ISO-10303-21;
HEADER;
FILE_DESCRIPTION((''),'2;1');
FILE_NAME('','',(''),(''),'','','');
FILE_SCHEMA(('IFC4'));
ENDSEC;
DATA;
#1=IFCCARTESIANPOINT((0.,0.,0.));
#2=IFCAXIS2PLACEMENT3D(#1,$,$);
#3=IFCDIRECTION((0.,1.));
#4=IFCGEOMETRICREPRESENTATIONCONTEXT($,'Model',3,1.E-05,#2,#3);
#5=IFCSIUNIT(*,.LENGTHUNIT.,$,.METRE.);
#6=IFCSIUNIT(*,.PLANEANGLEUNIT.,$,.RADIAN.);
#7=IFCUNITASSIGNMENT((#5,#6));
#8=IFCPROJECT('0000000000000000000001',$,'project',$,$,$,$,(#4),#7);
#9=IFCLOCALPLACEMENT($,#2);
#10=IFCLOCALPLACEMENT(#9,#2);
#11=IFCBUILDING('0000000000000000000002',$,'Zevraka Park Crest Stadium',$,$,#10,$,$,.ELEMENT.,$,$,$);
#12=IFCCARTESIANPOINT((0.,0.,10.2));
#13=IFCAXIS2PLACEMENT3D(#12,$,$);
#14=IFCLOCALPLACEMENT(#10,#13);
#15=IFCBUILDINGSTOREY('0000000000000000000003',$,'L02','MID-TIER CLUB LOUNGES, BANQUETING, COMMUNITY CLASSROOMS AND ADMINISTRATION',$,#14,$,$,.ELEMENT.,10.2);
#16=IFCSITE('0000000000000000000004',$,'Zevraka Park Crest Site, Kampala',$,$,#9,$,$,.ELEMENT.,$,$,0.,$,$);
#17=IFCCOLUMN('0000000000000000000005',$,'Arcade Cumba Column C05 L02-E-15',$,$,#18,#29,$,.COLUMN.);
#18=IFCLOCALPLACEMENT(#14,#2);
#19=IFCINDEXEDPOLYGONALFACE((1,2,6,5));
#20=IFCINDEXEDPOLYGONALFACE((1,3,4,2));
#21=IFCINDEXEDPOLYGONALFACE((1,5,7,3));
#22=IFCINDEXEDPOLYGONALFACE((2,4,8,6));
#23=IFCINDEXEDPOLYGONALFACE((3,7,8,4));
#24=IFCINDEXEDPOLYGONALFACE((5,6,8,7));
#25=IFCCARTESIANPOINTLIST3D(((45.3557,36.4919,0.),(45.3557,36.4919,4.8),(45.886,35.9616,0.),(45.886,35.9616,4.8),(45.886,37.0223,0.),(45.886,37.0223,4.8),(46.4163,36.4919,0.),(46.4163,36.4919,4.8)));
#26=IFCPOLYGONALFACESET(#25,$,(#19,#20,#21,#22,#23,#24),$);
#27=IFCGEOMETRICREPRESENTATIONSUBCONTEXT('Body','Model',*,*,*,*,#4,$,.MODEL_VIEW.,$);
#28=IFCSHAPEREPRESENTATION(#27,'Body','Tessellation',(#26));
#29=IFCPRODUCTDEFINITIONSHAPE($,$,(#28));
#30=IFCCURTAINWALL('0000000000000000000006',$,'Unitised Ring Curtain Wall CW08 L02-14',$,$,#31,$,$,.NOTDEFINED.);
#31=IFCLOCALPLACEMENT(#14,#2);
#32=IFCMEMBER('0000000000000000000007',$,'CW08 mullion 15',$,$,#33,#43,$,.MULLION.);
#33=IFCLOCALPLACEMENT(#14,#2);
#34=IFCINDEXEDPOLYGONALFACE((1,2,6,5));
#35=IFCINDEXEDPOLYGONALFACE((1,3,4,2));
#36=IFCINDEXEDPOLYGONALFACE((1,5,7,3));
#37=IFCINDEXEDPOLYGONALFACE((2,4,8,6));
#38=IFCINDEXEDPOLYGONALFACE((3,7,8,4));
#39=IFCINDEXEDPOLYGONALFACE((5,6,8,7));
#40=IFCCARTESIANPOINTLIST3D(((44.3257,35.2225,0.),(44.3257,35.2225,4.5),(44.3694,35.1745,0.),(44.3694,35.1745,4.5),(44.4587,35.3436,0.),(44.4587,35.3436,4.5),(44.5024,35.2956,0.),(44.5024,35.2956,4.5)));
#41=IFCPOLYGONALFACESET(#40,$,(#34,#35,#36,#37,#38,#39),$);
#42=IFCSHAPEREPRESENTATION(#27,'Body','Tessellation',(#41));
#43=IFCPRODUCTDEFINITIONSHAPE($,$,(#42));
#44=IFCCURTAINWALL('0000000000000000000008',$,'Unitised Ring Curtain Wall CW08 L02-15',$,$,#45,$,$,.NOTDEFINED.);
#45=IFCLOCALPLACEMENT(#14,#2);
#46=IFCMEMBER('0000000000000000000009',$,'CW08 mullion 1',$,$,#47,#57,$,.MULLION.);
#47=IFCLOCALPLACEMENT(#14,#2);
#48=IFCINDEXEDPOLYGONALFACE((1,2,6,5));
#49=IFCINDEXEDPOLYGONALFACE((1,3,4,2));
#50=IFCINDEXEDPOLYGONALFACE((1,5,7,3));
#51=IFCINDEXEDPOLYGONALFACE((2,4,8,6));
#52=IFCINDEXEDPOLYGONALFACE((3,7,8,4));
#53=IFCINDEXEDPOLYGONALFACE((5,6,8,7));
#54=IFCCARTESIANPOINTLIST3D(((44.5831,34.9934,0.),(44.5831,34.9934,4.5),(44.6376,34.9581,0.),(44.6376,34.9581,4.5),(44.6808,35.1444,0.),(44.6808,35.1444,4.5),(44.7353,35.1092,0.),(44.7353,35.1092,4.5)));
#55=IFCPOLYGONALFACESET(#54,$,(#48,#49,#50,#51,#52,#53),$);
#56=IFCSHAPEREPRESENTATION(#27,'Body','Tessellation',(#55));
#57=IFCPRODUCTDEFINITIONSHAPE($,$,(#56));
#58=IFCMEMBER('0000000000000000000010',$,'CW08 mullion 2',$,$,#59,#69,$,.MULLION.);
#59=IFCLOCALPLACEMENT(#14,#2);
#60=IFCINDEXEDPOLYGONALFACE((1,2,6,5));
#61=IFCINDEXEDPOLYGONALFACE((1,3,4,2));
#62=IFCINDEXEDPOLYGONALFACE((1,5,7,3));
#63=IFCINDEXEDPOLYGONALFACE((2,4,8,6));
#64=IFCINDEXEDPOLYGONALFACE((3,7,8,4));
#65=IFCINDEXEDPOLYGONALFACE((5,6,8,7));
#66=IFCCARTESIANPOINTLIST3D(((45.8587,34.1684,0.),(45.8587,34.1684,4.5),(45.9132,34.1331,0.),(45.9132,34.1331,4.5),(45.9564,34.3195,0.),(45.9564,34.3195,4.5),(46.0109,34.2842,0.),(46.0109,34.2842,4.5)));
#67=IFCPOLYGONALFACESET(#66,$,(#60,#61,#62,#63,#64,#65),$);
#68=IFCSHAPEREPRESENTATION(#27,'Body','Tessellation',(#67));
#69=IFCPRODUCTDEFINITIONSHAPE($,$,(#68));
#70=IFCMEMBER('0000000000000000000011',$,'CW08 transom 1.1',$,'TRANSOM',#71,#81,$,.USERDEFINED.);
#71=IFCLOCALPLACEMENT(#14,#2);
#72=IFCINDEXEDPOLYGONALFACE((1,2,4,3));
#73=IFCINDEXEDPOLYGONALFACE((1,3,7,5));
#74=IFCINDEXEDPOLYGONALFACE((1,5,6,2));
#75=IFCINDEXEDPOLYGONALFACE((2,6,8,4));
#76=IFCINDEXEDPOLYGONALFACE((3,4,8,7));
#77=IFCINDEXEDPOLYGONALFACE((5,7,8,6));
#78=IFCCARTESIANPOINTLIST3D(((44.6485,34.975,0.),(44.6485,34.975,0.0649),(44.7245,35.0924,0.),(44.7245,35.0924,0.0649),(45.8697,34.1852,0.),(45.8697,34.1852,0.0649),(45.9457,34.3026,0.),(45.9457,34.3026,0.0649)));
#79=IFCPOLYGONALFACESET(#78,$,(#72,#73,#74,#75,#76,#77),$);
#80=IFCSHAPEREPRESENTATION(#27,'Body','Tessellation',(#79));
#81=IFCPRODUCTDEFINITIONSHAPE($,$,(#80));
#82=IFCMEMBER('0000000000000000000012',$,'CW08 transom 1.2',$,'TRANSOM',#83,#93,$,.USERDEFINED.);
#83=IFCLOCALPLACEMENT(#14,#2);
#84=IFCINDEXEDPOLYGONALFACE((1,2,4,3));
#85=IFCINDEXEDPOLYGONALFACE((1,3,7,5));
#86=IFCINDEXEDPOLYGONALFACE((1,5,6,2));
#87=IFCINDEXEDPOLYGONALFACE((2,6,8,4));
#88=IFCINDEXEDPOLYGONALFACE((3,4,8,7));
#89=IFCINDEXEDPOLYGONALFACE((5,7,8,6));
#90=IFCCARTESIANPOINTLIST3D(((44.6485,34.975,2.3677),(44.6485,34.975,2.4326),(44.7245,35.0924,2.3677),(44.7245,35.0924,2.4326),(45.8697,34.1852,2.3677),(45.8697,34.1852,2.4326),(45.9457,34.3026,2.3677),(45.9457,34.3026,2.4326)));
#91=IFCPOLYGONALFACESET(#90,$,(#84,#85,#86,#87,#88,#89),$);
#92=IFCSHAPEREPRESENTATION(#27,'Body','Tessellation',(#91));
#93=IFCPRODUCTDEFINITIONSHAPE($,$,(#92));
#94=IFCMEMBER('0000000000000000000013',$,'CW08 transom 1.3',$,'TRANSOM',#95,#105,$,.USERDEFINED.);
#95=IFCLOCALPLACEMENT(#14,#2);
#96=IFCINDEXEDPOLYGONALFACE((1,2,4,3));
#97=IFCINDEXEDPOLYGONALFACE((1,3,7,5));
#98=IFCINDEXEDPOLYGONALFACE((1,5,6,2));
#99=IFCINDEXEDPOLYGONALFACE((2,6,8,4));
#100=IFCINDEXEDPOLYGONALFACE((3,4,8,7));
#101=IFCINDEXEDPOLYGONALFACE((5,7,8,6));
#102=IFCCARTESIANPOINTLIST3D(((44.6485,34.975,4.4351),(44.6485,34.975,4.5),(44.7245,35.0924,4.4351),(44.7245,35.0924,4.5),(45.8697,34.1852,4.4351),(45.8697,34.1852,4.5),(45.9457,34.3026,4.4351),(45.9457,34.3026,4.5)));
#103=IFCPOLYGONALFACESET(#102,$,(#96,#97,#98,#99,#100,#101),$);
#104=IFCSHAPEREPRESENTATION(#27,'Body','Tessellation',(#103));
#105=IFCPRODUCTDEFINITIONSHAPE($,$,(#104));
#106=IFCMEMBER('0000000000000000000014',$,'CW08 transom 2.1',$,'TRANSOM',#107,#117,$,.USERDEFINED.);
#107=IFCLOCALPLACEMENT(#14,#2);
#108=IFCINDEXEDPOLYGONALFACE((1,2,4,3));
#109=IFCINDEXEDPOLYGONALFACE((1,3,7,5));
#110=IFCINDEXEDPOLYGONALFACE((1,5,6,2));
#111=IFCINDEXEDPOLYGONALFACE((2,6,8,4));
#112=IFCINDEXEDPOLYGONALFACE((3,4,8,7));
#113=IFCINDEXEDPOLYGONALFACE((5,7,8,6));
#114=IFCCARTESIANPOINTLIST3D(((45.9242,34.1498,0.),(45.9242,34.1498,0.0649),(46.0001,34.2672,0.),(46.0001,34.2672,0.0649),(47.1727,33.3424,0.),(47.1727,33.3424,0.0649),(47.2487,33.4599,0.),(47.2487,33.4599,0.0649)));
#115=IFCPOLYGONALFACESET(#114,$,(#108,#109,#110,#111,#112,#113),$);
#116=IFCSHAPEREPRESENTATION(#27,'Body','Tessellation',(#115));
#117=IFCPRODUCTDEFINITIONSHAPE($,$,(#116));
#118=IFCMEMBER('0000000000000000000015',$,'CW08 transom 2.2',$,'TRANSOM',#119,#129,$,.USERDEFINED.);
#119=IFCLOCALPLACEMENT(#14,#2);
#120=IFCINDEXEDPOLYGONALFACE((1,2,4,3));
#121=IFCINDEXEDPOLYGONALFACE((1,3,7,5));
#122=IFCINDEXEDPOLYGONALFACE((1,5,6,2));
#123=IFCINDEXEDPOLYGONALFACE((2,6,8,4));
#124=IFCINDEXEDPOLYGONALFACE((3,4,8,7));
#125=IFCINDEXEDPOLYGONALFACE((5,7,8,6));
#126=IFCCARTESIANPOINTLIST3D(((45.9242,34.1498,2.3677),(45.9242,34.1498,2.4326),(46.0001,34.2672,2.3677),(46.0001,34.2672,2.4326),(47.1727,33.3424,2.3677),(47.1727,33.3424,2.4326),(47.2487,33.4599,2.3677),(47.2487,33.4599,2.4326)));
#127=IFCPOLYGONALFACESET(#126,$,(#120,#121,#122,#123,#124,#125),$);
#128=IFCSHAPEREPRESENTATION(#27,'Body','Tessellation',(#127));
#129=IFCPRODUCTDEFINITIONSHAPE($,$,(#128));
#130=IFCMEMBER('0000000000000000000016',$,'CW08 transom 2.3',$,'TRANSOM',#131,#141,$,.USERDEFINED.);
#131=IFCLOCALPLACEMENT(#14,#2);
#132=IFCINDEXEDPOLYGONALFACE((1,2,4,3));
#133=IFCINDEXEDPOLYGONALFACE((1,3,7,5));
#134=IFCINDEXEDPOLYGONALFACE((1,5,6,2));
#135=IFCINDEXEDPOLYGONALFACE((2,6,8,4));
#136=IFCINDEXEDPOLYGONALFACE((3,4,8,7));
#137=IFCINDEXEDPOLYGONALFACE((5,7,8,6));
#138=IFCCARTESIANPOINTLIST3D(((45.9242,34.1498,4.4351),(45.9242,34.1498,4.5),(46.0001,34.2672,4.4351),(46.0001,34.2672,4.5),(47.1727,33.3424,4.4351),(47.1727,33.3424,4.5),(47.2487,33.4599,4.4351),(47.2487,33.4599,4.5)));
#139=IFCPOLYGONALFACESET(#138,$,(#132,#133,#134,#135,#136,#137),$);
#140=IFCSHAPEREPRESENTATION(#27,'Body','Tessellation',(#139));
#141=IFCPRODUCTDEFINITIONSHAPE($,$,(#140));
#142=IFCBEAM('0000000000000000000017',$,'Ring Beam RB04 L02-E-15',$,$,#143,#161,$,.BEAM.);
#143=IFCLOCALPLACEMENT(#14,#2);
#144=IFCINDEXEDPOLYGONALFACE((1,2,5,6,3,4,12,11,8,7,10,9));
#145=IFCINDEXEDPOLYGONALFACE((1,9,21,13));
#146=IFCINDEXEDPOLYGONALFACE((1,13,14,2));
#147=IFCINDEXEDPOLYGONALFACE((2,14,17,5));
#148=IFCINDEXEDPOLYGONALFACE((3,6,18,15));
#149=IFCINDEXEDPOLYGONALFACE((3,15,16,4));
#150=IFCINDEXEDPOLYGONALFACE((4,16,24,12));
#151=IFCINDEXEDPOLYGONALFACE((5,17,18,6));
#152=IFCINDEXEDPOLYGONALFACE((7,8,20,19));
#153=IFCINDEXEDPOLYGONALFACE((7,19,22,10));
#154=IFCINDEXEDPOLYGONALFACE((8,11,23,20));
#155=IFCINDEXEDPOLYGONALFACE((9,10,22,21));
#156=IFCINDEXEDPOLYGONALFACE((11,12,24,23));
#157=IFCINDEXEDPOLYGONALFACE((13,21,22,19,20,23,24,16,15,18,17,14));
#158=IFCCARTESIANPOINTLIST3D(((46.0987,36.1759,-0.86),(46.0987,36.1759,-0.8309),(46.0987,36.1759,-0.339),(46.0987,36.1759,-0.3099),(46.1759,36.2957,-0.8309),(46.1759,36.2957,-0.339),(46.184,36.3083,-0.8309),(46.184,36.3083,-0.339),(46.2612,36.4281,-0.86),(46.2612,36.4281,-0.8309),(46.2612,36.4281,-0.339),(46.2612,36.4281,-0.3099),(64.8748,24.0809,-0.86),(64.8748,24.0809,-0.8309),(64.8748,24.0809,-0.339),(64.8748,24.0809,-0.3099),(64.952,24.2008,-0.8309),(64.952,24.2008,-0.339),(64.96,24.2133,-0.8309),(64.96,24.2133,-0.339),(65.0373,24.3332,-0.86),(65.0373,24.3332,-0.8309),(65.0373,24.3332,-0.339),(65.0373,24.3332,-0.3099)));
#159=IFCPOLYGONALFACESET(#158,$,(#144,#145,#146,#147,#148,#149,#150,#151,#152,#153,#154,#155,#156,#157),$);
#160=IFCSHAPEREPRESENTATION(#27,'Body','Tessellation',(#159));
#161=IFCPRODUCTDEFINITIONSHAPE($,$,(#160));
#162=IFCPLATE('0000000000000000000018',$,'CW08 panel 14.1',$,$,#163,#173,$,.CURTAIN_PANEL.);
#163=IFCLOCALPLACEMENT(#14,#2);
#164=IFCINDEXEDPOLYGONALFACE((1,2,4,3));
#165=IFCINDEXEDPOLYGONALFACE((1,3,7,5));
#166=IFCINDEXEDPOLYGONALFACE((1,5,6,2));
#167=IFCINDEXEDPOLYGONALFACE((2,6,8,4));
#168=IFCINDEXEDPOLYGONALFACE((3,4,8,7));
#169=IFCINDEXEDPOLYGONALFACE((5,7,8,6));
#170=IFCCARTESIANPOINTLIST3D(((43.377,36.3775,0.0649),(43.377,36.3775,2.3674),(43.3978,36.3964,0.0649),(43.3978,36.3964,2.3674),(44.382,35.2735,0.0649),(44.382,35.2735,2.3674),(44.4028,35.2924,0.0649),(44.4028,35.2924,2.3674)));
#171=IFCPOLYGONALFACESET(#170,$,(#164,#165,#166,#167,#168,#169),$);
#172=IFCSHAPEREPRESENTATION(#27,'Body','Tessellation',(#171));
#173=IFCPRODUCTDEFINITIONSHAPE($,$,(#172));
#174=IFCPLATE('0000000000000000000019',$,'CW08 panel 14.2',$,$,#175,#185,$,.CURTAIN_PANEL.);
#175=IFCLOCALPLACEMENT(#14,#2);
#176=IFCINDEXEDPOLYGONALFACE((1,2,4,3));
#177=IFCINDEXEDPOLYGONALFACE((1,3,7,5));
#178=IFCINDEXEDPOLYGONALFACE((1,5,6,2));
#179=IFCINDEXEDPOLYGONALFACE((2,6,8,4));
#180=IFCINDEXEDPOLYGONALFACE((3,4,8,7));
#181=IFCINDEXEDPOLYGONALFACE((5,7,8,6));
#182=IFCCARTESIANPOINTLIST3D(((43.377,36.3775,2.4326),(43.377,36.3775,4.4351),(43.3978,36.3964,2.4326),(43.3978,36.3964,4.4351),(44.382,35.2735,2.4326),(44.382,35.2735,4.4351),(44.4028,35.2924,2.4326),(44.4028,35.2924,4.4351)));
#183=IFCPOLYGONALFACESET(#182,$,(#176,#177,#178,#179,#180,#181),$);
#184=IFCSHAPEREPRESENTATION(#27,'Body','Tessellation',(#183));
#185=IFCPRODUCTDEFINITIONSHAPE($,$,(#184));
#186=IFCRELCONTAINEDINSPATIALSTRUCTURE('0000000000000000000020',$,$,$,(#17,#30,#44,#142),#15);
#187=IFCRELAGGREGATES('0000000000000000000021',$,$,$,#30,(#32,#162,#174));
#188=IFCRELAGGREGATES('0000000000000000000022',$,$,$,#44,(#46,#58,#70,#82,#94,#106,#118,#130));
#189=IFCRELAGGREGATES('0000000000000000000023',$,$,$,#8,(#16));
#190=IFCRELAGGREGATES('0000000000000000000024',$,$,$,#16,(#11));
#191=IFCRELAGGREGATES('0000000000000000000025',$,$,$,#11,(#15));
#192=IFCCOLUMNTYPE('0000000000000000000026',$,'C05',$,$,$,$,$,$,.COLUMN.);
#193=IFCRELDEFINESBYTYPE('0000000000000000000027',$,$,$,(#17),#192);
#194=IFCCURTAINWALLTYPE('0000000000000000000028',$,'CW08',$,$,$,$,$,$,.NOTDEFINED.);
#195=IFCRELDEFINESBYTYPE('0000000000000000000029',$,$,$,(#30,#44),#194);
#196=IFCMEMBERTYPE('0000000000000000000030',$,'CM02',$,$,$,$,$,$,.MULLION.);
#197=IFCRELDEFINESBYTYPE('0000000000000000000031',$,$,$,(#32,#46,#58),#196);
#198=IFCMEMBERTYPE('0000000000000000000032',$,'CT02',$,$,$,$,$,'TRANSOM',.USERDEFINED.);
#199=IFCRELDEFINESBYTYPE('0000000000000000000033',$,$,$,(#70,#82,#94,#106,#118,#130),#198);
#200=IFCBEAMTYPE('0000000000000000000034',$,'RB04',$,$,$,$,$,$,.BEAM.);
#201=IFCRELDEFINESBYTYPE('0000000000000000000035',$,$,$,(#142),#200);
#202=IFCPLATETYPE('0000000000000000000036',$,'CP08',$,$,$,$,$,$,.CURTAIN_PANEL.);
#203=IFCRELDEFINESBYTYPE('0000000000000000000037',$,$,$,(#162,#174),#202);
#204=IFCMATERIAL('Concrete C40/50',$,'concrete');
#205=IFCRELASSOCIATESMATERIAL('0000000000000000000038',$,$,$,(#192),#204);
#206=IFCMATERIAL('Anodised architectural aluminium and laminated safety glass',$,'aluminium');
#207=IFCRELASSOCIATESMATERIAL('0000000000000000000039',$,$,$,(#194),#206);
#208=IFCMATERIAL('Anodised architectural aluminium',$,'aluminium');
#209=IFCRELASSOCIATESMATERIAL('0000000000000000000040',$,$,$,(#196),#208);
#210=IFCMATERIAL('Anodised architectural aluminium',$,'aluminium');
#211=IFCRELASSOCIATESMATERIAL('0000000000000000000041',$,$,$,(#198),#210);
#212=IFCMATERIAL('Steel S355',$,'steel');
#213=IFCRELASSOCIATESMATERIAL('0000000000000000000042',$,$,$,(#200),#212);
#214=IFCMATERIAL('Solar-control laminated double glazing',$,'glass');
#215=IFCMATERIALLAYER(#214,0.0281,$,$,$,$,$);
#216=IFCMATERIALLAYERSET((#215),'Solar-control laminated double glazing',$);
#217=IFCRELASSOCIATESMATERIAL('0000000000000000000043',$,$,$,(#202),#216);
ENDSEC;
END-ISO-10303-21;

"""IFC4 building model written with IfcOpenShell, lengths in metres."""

from ifc_helpers import new_model, si_unit, direction, frame, origin, origin_2d, place, context, subcontext, project, spatial, rectangle, i_section, extrude, material, layer, layer_set, material_profile, profile_set, type_object, element, aggregate, save


model = new_model("IFC4")

# Units and contexts
model_context = context("Model", 3, precision=1e-05, world=origin(), true_north=direction((0.0, 1.0)))
body_context = subcontext(model_context, "Body", "Model", "MODEL_VIEW")
ifc_project = project(units=[si_unit("LENGTHUNIT", "METRE"), si_unit("PLANEANGLEUNIT", "RADIAN")], contexts=[model_context])

# Site, building, storey
site_placement = place(None, origin())
site = spatial("IfcSite", under=ifc_project, at=site_placement, Name="Zevraka Park Crest Site, Kampala", CompositionType="ELEMENT", RefElevation=0.0)
building_placement = place(site_placement, origin())
building = spatial("IfcBuilding", under=site, at=building_placement, Name="Zevraka Park Crest Stadium", CompositionType="ELEMENT")
storey_placement = place(building_placement, frame((0.0, 0.0, 10.2)))
storey = spatial("IfcBuildingStorey", under=building, at=storey_placement, Name="L02", Description="MID-TIER CLUB LOUNGES, BANQUETING, COMMUNITY CLASSROOMS AND ADMINISTRATION", CompositionType="ELEMENT", Elevation=10.2)

# Column
ifc_material_1 = material(Name="Concrete C40/50", Category="concrete")
ifc_material_profile_1 = material_profile(ifc_material_1, rectangle(XDim=0.75, YDim=0.75, at=origin_2d()), Name="RC 750x750")
ifc_profile_set_1 = profile_set([ifc_material_profile_1], Name="Concrete C40/50")
column_type = type_object("IfcColumnType", Name="C05", PredefinedType="COLUMN", material=ifc_profile_set_1)
column_placement = place(storey_placement, frame((45.886, 36.4919, 0.0), z_axis=(0.0, 0.0, 1.0), x_axis=(0.707107, 0.707107, 0.0)))
element("IfcColumn", 1, at=column_placement, inside=storey, type_object=column_type, Name="Arcade Cumba Column C05 L02-E-15", PredefinedType="COLUMN", context=body_context, shape_type="SweptSolid", body=[
    extrude(rectangle(XDim=0.75, YDim=0.75, at=origin_2d()), origin(), (0.0, 0.0, 1.0), 4.8),
])

# Curtain wall, member
ifc_material_2 = material(Name="Anodised architectural aluminium and laminated safety glass", Category="aluminium")
curtain_wall_type = type_object("IfcCurtainWallType", Name="CW08", PredefinedType="NOTDEFINED", material=ifc_material_2)
curtain_wall_1_placement = place(storey_placement, origin())
curtain_wall_1 = element("IfcCurtainWall", 2, at=curtain_wall_1_placement, inside=storey, type_object=curtain_wall_type, Name="Unitised Ring Curtain Wall CW08 L02-14", PredefinedType="NOTDEFINED")
ifc_material_3 = material(Name="Anodised architectural aluminium", Category="aluminium")
ifc_material_profile_2 = material_profile(ifc_material_3, rectangle(XDim=0.1799, YDim=0.0649, at=origin_2d()), Name="ALU MULLION 180x65")
ifc_profile_set_2 = profile_set([ifc_material_profile_2], Name="Anodised architectural aluminium")
member_type_1 = type_object("IfcMemberType", Name="CM02", PredefinedType="MULLION", material=ifc_profile_set_2)
member_1_placement = place(storey_placement, frame((44.4141, 35.259, 0.0), z_axis=(0.0, 0.0, 1.0), x_axis=(0.739497, 0.67316, 0.0)))
member_1 = element("IfcMember", 3, at=member_1_placement, type_object=member_type_1, Name="CW08 mullion 15", PredefinedType="MULLION", context=body_context, shape_type="SweptSolid", body=[
    extrude(rectangle(XDim=0.1799, YDim=0.0649, at=origin_2d()), origin(), (0.0, 0.0, 1.0), 4.5),
])

# Curtain wall, members
curtain_wall_2_placement = place(storey_placement, origin())
curtain_wall_2 = element("IfcCurtainWall", 4, at=curtain_wall_2_placement, inside=storey, type_object=curtain_wall_type, Name="Unitised Ring Curtain Wall CW08 L02-15", PredefinedType="NOTDEFINED")
member_2_placement = place(storey_placement, frame((44.6592, 35.0513, 0.0), z_axis=(0.0, 0.0, 1.0), x_axis=(0.543096, 0.83967, 0.0)))
member_2 = element("IfcMember", 5, at=member_2_placement, type_object=member_type_1, Name="CW08 mullion 1", PredefinedType="MULLION", context=body_context, shape_type="SweptSolid", body=[
    extrude(rectangle(XDim=0.1799, YDim=0.0649, at=origin_2d()), origin(), (0.0, 0.0, 1.0), 4.5),
])
member_3_placement = place(storey_placement, frame((45.9348, 34.2263, 0.0), z_axis=(0.0, 0.0, 1.0), x_axis=(0.543096, 0.83967, 0.0)))
member_3 = element("IfcMember", 6, at=member_3_placement, type_object=member_type_1, Name="CW08 mullion 2", PredefinedType="MULLION", context=body_context, shape_type="SweptSolid", body=[
    extrude(rectangle(XDim=0.1799, YDim=0.0649, at=origin_2d()), origin(), (0.0, 0.0, 1.0), 4.5),
])
ifc_material_4 = material(Name="Anodised architectural aluminium", Category="aluminium")
ifc_material_profile_3 = material_profile(ifc_material_4, rectangle(XDim=0.1399, YDim=0.0649, at=origin_2d()), Name="ALU TRANSOM 140x65")
ifc_profile_set_3 = profile_set([ifc_material_profile_3], Name="Anodised architectural aluminium")
member_type_2 = type_object("IfcMemberType", Name="CT02", ElementType="TRANSOM", PredefinedType="USERDEFINED", material=ifc_profile_set_3)
member_4_placement = place(storey_placement, frame((44.6865, 35.0337, 0.0325), z_axis=(0.839692, -0.543063, 0.0), x_axis=(0.543063, 0.839692, 0.0)))
member_4 = element("IfcMember", 7, at=member_4_placement, type_object=member_type_2, Name="CW08 transom 1.1", ObjectType="TRANSOM", PredefinedType="USERDEFINED", context=body_context, shape_type="SweptSolid", body=[
    extrude(rectangle(XDim=0.1399, YDim=0.0649, at=origin_2d()), origin(), (0.0, 0.0, 1.0), 1.4543),
])
member_5_placement = place(storey_placement, frame((44.6865, 35.0337, 2.4001), z_axis=(0.839692, -0.543063, 0.0), x_axis=(0.543063, 0.839692, 0.0)))
member_5 = element("IfcMember", 8, at=member_5_placement, type_object=member_type_2, Name="CW08 transom 1.2", ObjectType="TRANSOM", PredefinedType="USERDEFINED", context=body_context, shape_type="SweptSolid", body=[
    extrude(rectangle(XDim=0.1399, YDim=0.0649, at=origin_2d()), origin(), (0.0, 0.0, 1.0), 1.4543),
])
member_6_placement = place(storey_placement, frame((44.6865, 35.0337, 4.4675), z_axis=(0.839692, -0.543063, 0.0), x_axis=(0.543063, 0.839692, 0.0)))
member_6 = element("IfcMember", 9, at=member_6_placement, type_object=member_type_2, Name="CW08 transom 1.3", ObjectType="TRANSOM", PredefinedType="USERDEFINED", context=body_context, shape_type="SweptSolid", body=[
    extrude(rectangle(XDim=0.1399, YDim=0.0649, at=origin_2d()), origin(), (0.0, 0.0, 1.0), 1.4543),
])
member_7_placement = place(storey_placement, frame((45.9622, 34.2085, 0.0325), z_axis=(0.839724, -0.543013, 0.0), x_axis=(0.543013, 0.839724, 0.0)))
member_7 = element("IfcMember", 10, at=member_7_placement, type_object=member_type_2, Name="CW08 transom 2.1", ObjectType="TRANSOM", PredefinedType="USERDEFINED", context=body_context, shape_type="SweptSolid", body=[
    extrude(rectangle(XDim=0.1399, YDim=0.0649, at=origin_2d()), origin(), (0.0, 0.0, 1.0), 1.4868),
])
member_8_placement = place(storey_placement, frame((45.9622, 34.2085, 2.4001), z_axis=(0.839724, -0.543013, 0.0), x_axis=(0.543013, 0.839724, 0.0)))
member_8 = element("IfcMember", 11, at=member_8_placement, type_object=member_type_2, Name="CW08 transom 2.2", ObjectType="TRANSOM", PredefinedType="USERDEFINED", context=body_context, shape_type="SweptSolid", body=[
    extrude(rectangle(XDim=0.1399, YDim=0.0649, at=origin_2d()), origin(), (0.0, 0.0, 1.0), 1.4868),
])
member_9_placement = place(storey_placement, frame((45.9622, 34.2085, 4.4675), z_axis=(0.839724, -0.543013, 0.0), x_axis=(0.543013, 0.839724, 0.0)))
member_9 = element("IfcMember", 12, at=member_9_placement, type_object=member_type_2, Name="CW08 transom 2.3", ObjectType="TRANSOM", PredefinedType="USERDEFINED", context=body_context, shape_type="SweptSolid", body=[
    extrude(rectangle(XDim=0.1399, YDim=0.0649, at=origin_2d()), origin(), (0.0, 0.0, 1.0), 1.4868),
])

# Beam
ifc_material_5 = material(Name="Steel S355", Category="steel")
ifc_material_profile_4 = material_profile(ifc_material_5, i_section(OverallWidth=0.3, OverallDepth=0.55, WebThickness=0.0149, FlangeThickness=0.0291, at=origin_2d()), Name="HEB 550")
ifc_profile_set_4 = profile_set([ifc_material_profile_4], Name="Steel S355")
beam_type = type_object("IfcBeamType", Name="RB04", PredefinedType="BEAM", material=ifc_profile_set_4)
beam_placement = place(storey_placement, frame((46.1799, 36.302, -0.585), z_axis=(0.840677, -0.541537, 0.0), x_axis=(0.541537, 0.840677, 0.0)))
element("IfcBeam", 13, at=beam_placement, inside=storey, type_object=beam_type, Name="Ring Beam RB04 L02-E-15", PredefinedType="BEAM", context=body_context, shape_type="SweptSolid", body=[
    extrude(i_section(OverallWidth=0.3, OverallDepth=0.55, WebThickness=0.0149, FlangeThickness=0.0291, at=origin_2d()), origin(), (0.0, 0.0, 1.0), 22.3345),
])

# Plates
ifc_material_6 = material(Name="Solar-control laminated double glazing", Category="glass")
ifc_layer_1 = layer(ifc_material_6, 0.0281)
ifc_layer_set_1 = layer_set([ifc_layer_1], Name="Solar-control laminated double glazing")
plate_type = type_object("IfcPlateType", Name="CP08", PredefinedType="CURTAIN_PANEL", material=ifc_layer_set_1)
plate_1_placement = place(storey_placement, frame((43.8899, 35.835, 0.0649), z_axis=(0.0, 0.0, 1.0), x_axis=(0.67316, -0.739497, 0.0)))
plate_1 = element("IfcPlate", 14, at=plate_1_placement, type_object=plate_type, Name="CW08 panel 14.1", PredefinedType="CURTAIN_PANEL", context=body_context, shape_type="SweptSolid", body=[
    extrude(rectangle(XDim=1.4929, YDim=0.0281, at=origin_2d()), origin(), (0.0, 0.0, 1.0), 2.3025),
])
plate_2_placement = place(storey_placement, frame((43.8899, 35.835, 2.4326), z_axis=(0.0, 0.0, 1.0), x_axis=(0.67316, -0.739497, 0.0)))
plate_2 = element("IfcPlate", 15, at=plate_2_placement, type_object=plate_type, Name="CW08 panel 14.2", PredefinedType="CURTAIN_PANEL", context=body_context, shape_type="SweptSolid", body=[
    extrude(rectangle(XDim=1.4929, YDim=0.0281, at=origin_2d()), origin(), (0.0, 0.0, 1.0), 2.0024),
])
aggregate(curtain_wall_1, [member_1, plate_1, plate_2])
aggregate(curtain_wall_2, [member_2, member_3, member_4, member_5, member_6, member_7, member_8, member_9])

save(model, "model.ifc")
